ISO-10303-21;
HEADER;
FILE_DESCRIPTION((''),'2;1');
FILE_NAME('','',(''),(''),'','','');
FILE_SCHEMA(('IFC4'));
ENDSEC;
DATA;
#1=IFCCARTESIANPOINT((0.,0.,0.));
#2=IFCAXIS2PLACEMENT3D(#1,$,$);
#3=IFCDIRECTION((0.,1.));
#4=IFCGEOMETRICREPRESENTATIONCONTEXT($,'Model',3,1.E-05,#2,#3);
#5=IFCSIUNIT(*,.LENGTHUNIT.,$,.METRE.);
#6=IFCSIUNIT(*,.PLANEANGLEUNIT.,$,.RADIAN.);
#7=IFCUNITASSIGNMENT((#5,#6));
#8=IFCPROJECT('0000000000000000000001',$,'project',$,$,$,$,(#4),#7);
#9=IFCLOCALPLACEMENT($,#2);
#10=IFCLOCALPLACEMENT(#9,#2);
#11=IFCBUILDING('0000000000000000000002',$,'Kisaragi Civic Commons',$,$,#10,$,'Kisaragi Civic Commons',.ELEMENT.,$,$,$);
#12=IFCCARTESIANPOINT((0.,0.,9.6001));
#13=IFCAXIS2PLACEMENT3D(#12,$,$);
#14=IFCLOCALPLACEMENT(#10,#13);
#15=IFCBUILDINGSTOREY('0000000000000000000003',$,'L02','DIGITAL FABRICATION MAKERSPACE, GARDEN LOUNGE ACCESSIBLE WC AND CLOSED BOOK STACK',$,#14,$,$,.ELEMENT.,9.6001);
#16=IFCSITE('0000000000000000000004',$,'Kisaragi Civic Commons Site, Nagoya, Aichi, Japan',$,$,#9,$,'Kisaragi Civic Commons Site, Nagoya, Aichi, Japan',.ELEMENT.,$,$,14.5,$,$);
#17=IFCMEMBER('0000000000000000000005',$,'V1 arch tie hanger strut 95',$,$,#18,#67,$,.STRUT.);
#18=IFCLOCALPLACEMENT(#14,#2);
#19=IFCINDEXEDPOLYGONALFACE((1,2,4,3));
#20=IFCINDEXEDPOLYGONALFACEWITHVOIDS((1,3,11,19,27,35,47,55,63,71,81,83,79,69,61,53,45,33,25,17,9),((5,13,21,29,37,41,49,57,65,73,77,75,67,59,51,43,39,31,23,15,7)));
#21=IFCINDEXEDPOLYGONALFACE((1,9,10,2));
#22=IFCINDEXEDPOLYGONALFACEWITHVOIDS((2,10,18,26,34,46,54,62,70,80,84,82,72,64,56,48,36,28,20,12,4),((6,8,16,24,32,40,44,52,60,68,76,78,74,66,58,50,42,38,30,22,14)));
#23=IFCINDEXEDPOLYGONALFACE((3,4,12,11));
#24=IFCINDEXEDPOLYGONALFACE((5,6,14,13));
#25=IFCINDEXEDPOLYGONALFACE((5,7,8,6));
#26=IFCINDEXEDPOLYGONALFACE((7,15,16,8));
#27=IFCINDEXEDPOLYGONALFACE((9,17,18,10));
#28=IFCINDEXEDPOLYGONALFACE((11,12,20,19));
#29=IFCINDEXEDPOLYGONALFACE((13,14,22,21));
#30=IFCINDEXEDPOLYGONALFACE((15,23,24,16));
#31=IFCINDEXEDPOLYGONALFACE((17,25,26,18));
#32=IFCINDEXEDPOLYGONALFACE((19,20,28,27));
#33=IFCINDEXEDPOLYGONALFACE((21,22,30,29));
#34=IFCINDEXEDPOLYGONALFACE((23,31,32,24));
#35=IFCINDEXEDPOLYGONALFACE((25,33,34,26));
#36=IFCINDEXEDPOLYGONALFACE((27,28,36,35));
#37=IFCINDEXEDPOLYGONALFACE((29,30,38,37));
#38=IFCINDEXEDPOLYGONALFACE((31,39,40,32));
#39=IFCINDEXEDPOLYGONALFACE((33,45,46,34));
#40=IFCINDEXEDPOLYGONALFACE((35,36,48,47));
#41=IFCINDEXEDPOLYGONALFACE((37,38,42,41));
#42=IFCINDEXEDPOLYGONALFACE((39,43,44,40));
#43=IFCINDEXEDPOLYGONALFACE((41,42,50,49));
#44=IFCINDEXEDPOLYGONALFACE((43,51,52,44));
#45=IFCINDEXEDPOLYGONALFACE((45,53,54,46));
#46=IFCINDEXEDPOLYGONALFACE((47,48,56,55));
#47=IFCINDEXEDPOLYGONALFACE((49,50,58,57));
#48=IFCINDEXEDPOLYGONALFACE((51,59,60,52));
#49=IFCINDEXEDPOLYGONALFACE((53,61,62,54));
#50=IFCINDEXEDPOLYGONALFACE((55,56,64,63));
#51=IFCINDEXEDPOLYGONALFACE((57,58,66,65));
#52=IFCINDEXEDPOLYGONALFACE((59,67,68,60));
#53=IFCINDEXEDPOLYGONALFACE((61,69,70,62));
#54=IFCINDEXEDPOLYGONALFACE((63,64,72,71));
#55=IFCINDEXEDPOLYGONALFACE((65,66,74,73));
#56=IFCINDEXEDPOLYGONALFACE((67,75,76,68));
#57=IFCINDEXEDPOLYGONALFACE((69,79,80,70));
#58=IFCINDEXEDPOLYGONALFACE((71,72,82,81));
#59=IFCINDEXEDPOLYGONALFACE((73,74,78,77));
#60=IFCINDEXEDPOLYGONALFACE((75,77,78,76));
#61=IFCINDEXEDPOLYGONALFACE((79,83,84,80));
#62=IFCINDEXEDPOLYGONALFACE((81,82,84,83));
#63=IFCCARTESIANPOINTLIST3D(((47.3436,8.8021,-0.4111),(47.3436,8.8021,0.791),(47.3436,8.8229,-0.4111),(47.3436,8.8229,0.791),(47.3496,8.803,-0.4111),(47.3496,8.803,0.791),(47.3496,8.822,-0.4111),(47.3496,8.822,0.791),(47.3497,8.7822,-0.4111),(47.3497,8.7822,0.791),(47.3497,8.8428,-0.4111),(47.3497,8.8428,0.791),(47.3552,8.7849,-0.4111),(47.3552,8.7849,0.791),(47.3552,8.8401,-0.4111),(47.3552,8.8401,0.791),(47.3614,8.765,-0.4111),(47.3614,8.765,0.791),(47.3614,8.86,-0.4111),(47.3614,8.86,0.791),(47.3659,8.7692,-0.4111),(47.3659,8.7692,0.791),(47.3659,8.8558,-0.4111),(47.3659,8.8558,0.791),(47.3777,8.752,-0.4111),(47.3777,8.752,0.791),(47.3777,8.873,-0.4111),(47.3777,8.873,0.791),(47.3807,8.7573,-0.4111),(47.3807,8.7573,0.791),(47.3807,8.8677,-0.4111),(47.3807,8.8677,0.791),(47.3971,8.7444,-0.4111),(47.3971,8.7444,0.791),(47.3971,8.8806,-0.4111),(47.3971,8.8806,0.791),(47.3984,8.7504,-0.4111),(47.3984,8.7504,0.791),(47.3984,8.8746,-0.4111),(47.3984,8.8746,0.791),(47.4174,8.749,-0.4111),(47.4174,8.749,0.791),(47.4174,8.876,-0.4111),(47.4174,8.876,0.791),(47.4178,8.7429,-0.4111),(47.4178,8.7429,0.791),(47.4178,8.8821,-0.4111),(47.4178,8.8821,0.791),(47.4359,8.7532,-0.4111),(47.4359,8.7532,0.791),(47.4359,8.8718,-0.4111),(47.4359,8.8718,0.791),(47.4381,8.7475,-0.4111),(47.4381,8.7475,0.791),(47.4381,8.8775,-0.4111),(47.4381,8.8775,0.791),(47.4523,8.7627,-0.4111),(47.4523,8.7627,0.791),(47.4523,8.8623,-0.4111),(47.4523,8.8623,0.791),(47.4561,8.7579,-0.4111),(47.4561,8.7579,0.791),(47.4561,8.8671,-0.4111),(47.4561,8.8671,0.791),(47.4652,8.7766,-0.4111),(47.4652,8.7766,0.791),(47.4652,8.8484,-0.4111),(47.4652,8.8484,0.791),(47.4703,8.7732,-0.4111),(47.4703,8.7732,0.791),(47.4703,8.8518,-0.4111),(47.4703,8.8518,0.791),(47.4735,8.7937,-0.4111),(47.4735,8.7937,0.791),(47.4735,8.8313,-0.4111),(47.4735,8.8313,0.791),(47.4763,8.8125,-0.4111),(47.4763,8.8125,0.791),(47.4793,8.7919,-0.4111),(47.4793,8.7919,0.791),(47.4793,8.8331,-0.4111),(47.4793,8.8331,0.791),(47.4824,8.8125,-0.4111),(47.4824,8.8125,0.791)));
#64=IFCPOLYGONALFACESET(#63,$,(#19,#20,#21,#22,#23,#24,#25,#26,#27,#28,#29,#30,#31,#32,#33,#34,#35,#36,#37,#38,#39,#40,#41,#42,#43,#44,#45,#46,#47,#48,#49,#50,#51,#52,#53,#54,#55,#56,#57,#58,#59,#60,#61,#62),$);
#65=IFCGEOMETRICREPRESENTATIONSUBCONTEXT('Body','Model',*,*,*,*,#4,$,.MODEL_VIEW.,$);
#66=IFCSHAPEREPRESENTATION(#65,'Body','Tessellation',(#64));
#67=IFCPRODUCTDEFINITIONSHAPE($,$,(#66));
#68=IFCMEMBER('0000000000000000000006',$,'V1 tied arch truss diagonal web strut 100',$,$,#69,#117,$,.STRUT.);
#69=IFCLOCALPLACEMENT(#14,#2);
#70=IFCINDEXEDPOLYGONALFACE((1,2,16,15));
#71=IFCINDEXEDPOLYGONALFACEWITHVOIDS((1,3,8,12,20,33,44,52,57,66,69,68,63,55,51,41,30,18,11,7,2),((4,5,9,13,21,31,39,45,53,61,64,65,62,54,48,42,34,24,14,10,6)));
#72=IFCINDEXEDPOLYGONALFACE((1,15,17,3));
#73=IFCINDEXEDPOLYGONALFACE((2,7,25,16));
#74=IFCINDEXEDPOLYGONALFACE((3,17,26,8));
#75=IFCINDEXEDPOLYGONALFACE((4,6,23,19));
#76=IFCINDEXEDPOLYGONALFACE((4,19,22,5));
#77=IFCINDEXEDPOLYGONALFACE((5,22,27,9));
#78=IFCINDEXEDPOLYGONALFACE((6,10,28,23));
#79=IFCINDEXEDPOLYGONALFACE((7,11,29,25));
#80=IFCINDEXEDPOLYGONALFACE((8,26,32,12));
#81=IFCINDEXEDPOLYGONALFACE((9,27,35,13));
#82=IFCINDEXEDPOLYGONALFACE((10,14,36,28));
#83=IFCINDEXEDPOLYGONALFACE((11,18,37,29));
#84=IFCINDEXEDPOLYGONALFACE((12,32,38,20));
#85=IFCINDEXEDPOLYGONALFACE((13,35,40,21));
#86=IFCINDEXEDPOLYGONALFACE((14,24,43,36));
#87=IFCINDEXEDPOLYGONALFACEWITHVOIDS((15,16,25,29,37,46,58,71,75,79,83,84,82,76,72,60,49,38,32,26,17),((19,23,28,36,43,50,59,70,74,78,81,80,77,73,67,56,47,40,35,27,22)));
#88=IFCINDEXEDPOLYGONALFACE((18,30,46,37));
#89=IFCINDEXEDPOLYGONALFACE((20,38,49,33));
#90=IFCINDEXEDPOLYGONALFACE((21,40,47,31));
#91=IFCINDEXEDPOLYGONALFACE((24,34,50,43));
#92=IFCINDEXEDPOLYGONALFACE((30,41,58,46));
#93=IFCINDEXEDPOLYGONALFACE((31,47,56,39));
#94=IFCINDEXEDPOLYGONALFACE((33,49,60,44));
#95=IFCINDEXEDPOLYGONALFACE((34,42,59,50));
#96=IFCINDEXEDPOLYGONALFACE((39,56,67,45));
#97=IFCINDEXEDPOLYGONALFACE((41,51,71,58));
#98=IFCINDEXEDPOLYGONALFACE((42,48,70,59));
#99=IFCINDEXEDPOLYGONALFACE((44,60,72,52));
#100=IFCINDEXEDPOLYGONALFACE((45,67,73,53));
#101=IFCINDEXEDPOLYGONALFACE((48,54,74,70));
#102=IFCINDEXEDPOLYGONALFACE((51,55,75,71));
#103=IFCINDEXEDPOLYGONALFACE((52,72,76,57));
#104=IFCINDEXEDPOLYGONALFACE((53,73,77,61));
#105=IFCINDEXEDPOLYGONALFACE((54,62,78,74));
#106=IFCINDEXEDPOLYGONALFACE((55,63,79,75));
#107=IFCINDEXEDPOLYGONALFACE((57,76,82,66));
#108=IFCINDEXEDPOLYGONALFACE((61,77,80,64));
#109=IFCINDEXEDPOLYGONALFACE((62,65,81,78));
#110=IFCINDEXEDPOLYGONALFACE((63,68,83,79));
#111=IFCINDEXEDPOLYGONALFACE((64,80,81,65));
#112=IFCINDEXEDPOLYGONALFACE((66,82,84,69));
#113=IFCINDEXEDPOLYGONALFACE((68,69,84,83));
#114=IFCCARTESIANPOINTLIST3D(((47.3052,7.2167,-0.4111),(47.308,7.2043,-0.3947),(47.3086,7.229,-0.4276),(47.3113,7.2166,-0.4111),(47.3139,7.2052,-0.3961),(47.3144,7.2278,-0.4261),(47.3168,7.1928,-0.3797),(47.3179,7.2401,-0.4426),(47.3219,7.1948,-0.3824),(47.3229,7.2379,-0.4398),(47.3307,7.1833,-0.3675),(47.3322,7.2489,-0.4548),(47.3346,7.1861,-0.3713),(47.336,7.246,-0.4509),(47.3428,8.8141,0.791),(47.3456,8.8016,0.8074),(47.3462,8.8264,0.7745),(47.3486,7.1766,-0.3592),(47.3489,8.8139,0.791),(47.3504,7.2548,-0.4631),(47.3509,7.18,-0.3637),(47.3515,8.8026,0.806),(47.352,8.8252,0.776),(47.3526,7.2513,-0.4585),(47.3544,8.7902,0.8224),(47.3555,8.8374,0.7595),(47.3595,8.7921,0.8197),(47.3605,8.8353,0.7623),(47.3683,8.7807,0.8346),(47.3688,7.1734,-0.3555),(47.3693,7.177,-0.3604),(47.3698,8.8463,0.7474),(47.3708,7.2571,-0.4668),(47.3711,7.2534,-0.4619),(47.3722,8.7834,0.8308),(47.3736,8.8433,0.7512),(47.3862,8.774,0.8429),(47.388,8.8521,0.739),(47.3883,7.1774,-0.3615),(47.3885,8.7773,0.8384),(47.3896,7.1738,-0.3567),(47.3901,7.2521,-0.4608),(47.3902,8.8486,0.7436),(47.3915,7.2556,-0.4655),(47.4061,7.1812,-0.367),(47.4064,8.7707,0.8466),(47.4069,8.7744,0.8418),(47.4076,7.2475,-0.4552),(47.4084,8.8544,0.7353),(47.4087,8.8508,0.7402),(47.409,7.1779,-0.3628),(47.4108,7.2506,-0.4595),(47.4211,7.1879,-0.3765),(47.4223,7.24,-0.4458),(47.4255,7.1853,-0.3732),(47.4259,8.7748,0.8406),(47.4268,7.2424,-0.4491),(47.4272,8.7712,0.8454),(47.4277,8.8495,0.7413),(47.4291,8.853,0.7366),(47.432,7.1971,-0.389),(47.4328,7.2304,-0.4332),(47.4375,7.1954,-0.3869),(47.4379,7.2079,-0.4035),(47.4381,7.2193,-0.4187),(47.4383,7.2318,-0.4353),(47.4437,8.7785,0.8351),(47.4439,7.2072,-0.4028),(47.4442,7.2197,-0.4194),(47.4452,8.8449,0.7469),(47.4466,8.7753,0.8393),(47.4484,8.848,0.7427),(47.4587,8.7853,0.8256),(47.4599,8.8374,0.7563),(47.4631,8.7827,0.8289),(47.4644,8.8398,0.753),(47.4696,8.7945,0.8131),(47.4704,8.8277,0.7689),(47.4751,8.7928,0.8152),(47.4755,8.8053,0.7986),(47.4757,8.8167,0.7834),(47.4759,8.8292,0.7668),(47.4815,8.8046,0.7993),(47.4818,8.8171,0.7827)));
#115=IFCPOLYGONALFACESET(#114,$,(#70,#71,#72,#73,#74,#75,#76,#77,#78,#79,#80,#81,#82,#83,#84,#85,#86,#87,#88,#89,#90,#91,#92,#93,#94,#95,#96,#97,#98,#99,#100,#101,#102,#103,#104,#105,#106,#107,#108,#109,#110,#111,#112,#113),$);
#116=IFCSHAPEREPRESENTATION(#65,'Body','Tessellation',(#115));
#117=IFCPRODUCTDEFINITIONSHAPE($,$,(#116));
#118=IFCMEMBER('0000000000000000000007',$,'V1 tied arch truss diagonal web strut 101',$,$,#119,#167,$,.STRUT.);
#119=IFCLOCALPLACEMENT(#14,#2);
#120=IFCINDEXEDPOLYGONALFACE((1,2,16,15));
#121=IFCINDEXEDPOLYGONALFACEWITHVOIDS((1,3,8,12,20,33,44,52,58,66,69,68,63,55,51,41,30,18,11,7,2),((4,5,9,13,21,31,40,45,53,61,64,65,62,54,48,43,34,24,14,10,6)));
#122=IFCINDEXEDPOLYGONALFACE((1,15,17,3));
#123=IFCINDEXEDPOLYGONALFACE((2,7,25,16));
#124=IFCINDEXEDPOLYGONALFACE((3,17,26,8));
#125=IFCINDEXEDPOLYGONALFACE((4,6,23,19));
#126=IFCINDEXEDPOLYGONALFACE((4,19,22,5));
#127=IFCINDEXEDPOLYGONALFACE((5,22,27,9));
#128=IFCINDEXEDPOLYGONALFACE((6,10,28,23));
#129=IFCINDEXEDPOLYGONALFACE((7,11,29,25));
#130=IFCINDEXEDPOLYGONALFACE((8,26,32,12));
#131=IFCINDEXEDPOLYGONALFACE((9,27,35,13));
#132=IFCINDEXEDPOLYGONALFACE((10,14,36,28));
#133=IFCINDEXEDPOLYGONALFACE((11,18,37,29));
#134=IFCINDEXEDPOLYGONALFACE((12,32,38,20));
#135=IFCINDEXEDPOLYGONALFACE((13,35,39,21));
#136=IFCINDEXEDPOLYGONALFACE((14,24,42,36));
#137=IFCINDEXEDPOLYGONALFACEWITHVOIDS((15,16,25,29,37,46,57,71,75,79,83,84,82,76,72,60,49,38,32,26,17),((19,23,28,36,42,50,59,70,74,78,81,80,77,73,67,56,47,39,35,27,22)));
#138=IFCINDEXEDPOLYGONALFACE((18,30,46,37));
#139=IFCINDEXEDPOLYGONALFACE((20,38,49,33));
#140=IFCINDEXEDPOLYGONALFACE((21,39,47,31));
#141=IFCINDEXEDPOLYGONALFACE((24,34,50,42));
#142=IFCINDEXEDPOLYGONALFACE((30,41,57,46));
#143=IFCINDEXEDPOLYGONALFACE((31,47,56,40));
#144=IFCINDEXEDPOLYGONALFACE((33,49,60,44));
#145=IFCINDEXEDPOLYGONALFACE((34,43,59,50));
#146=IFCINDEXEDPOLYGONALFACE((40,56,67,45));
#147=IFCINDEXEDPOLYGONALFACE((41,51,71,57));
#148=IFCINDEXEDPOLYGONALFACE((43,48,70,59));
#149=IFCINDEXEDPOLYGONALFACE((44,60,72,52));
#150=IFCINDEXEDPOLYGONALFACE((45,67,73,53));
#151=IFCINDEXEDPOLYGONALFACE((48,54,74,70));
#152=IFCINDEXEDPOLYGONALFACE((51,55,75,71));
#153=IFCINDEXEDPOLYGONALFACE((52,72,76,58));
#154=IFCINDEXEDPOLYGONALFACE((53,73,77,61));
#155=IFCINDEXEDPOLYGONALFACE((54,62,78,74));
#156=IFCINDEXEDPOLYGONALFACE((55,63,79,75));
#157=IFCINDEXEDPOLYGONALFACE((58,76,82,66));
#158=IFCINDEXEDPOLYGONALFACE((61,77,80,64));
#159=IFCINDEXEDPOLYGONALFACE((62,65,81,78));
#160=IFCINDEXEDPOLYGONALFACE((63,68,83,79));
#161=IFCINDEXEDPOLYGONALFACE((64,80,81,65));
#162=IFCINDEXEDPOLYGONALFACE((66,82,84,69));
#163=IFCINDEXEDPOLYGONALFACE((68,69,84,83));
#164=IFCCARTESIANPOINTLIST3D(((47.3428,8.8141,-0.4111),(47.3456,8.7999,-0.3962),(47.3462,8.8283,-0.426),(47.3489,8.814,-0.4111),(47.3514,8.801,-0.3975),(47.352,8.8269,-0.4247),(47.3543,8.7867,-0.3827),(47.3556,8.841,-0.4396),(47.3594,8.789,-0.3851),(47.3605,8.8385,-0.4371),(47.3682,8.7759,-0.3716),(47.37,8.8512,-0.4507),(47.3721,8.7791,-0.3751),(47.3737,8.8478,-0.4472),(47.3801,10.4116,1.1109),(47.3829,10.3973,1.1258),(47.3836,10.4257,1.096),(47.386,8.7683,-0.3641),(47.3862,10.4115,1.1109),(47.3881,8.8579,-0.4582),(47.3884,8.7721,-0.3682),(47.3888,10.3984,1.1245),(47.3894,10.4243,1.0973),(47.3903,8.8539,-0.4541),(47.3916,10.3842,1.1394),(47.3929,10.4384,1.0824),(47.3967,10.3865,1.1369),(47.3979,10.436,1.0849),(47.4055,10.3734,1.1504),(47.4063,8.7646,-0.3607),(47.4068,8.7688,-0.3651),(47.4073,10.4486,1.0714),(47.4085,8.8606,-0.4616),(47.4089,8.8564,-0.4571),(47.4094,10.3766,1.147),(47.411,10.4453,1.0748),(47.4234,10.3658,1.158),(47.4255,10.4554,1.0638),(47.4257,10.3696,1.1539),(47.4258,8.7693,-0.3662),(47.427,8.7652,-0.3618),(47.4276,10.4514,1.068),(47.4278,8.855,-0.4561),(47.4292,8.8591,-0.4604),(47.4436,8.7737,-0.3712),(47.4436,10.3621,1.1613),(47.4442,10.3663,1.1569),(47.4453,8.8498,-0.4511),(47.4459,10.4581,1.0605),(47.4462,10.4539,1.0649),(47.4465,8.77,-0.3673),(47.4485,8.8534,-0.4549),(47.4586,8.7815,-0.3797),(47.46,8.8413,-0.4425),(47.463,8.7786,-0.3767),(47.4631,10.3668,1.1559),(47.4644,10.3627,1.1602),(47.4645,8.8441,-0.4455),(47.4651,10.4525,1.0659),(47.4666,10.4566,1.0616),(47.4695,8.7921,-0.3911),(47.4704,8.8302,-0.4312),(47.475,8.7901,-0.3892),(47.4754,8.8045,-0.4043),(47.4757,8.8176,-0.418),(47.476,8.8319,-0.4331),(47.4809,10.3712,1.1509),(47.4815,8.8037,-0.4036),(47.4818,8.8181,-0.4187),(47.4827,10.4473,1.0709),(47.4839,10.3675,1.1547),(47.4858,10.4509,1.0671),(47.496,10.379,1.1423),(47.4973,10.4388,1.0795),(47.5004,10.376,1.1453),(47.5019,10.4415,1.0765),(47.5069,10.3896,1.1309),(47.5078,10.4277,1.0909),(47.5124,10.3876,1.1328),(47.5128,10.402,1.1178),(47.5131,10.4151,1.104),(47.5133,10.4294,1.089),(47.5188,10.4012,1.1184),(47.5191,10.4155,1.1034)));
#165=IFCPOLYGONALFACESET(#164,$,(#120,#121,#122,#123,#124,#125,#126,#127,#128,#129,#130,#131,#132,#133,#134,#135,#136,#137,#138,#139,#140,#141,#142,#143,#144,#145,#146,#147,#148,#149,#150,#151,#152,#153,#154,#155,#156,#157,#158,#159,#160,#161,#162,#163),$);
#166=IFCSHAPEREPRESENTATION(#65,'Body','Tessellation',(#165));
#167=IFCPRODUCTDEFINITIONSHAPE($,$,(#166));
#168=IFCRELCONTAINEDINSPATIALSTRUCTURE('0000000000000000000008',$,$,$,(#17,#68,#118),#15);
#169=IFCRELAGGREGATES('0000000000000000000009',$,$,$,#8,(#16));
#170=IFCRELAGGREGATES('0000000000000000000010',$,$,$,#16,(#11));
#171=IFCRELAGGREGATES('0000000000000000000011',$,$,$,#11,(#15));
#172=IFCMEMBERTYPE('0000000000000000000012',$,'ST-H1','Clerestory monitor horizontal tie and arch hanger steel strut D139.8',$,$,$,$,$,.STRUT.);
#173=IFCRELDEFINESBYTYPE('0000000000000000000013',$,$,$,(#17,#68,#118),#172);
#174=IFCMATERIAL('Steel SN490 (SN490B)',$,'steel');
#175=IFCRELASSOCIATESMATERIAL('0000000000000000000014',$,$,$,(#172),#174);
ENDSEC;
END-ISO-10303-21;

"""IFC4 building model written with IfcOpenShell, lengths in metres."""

from ifc_helpers import new_model, si_unit, direction, frame, origin, origin_2d, place, context, subcontext, project, spatial, hollow_circle, extrude, material, material_profile, profile_set, type_object, element, save


model = new_model("IFC4")

# Units and contexts
model_context = context("Model", 3, precision=1e-05, world=origin(), true_north=direction((0.0, 1.0)))
body_context = subcontext(model_context, "Body", "Model", "MODEL_VIEW")
ifc_project = project(units=[si_unit("LENGTHUNIT", "METRE"), si_unit("PLANEANGLEUNIT", "RADIAN")], contexts=[model_context])

# Site, building, storey
site_placement = place(None, origin())
site = spatial("IfcSite", under=ifc_project, at=site_placement, Name="Kisaragi Civic Commons Site, Nagoya, Aichi, Japan", LongName="Kisaragi Civic Commons Site, Nagoya, Aichi, Japan", CompositionType="ELEMENT", RefElevation=14.5)
building_placement = place(site_placement, origin())
building = spatial("IfcBuilding", under=site, at=building_placement, Name="Kisaragi Civic Commons", LongName="Kisaragi Civic Commons", CompositionType="ELEMENT")
storey_placement = place(building_placement, frame((0.0, 0.0, 9.6001)))
storey = spatial("IfcBuildingStorey", under=building, at=storey_placement, Name="L02", Description="DIGITAL FABRICATION MAKERSPACE, GARDEN LOUNGE ACCESSIBLE WC AND CLOSED BOOK STACK", CompositionType="ELEMENT", Elevation=9.6001)

# Members
ifc_material_1 = material(Name="Steel SN490 (SN490B)", Category="steel")
ifc_material_profile_1 = material_profile(ifc_material_1, hollow_circle(Radius=0.0698, WallThickness=0.0061, at=origin_2d()), Name="CHS-139.8x6.0", Category="steel")
ifc_profile_set_1 = profile_set([ifc_material_profile_1], Name="Steel SN490 (SN490B)")
member_type_1 = type_object("IfcMemberType", Name="ST-H1", Description="Clerestory monitor horizontal tie and arch hanger steel strut D139.8", PredefinedType="STRUT", material=ifc_profile_set_1)
member_1_placement = place(storey_placement, frame((47.4126, 8.8125, -0.4111), z_axis=(0.0, 0.0, 1.0), x_axis=(1.0, 0.0, 0.0)))
element("IfcMember", 1, at=member_1_placement, inside=storey, type_object=member_type_1, Name="V1 arch tie hanger strut 95", PredefinedType="STRUT", context=body_context, shape_type="SweptSolid", body=[
    extrude(hollow_circle(Radius=0.0698, WallThickness=0.0061, at=origin_2d()), origin(), (0.0, 0.0, 1.0), 1.2021),
])
member_2_placement = place(storey_placement, frame((47.375, 7.2151, -0.4111), z_axis=(0.018803, 0.798876, 0.601202), x_axis=(-0.999723, 0.02353, 0.0)))
element("IfcMember", 2, at=member_2_placement, inside=storey, type_object=member_type_1, Name="V1 tied arch truss diagonal web strut 100", PredefinedType="STRUT", context=body_context, shape_type="SweptSolid", body=[
    extrude(hollow_circle(Radius=0.0698, WallThickness=0.0061, at=origin_2d()), origin(), (0.0, 0.0, 1.0), 1.9995),
])
member_3_placement = place(storey_placement, frame((47.4126, 8.8125, -0.4111), z_axis=(0.016927, 0.723892, 0.689706), x_axis=(-0.999727, 0.023377, 0.0)))
element("IfcMember", 3, at=member_3_placement, inside=storey, type_object=member_type_1, Name="V1 tied arch truss diagonal web strut 101", PredefinedType="STRUT", context=body_context, shape_type="SweptSolid", body=[
    extrude(hollow_circle(Radius=0.0698, WallThickness=0.0061, at=origin_2d()), origin(), (0.0, 0.0, 1.0), 2.2068),
])

save(model, "model.ifc")
